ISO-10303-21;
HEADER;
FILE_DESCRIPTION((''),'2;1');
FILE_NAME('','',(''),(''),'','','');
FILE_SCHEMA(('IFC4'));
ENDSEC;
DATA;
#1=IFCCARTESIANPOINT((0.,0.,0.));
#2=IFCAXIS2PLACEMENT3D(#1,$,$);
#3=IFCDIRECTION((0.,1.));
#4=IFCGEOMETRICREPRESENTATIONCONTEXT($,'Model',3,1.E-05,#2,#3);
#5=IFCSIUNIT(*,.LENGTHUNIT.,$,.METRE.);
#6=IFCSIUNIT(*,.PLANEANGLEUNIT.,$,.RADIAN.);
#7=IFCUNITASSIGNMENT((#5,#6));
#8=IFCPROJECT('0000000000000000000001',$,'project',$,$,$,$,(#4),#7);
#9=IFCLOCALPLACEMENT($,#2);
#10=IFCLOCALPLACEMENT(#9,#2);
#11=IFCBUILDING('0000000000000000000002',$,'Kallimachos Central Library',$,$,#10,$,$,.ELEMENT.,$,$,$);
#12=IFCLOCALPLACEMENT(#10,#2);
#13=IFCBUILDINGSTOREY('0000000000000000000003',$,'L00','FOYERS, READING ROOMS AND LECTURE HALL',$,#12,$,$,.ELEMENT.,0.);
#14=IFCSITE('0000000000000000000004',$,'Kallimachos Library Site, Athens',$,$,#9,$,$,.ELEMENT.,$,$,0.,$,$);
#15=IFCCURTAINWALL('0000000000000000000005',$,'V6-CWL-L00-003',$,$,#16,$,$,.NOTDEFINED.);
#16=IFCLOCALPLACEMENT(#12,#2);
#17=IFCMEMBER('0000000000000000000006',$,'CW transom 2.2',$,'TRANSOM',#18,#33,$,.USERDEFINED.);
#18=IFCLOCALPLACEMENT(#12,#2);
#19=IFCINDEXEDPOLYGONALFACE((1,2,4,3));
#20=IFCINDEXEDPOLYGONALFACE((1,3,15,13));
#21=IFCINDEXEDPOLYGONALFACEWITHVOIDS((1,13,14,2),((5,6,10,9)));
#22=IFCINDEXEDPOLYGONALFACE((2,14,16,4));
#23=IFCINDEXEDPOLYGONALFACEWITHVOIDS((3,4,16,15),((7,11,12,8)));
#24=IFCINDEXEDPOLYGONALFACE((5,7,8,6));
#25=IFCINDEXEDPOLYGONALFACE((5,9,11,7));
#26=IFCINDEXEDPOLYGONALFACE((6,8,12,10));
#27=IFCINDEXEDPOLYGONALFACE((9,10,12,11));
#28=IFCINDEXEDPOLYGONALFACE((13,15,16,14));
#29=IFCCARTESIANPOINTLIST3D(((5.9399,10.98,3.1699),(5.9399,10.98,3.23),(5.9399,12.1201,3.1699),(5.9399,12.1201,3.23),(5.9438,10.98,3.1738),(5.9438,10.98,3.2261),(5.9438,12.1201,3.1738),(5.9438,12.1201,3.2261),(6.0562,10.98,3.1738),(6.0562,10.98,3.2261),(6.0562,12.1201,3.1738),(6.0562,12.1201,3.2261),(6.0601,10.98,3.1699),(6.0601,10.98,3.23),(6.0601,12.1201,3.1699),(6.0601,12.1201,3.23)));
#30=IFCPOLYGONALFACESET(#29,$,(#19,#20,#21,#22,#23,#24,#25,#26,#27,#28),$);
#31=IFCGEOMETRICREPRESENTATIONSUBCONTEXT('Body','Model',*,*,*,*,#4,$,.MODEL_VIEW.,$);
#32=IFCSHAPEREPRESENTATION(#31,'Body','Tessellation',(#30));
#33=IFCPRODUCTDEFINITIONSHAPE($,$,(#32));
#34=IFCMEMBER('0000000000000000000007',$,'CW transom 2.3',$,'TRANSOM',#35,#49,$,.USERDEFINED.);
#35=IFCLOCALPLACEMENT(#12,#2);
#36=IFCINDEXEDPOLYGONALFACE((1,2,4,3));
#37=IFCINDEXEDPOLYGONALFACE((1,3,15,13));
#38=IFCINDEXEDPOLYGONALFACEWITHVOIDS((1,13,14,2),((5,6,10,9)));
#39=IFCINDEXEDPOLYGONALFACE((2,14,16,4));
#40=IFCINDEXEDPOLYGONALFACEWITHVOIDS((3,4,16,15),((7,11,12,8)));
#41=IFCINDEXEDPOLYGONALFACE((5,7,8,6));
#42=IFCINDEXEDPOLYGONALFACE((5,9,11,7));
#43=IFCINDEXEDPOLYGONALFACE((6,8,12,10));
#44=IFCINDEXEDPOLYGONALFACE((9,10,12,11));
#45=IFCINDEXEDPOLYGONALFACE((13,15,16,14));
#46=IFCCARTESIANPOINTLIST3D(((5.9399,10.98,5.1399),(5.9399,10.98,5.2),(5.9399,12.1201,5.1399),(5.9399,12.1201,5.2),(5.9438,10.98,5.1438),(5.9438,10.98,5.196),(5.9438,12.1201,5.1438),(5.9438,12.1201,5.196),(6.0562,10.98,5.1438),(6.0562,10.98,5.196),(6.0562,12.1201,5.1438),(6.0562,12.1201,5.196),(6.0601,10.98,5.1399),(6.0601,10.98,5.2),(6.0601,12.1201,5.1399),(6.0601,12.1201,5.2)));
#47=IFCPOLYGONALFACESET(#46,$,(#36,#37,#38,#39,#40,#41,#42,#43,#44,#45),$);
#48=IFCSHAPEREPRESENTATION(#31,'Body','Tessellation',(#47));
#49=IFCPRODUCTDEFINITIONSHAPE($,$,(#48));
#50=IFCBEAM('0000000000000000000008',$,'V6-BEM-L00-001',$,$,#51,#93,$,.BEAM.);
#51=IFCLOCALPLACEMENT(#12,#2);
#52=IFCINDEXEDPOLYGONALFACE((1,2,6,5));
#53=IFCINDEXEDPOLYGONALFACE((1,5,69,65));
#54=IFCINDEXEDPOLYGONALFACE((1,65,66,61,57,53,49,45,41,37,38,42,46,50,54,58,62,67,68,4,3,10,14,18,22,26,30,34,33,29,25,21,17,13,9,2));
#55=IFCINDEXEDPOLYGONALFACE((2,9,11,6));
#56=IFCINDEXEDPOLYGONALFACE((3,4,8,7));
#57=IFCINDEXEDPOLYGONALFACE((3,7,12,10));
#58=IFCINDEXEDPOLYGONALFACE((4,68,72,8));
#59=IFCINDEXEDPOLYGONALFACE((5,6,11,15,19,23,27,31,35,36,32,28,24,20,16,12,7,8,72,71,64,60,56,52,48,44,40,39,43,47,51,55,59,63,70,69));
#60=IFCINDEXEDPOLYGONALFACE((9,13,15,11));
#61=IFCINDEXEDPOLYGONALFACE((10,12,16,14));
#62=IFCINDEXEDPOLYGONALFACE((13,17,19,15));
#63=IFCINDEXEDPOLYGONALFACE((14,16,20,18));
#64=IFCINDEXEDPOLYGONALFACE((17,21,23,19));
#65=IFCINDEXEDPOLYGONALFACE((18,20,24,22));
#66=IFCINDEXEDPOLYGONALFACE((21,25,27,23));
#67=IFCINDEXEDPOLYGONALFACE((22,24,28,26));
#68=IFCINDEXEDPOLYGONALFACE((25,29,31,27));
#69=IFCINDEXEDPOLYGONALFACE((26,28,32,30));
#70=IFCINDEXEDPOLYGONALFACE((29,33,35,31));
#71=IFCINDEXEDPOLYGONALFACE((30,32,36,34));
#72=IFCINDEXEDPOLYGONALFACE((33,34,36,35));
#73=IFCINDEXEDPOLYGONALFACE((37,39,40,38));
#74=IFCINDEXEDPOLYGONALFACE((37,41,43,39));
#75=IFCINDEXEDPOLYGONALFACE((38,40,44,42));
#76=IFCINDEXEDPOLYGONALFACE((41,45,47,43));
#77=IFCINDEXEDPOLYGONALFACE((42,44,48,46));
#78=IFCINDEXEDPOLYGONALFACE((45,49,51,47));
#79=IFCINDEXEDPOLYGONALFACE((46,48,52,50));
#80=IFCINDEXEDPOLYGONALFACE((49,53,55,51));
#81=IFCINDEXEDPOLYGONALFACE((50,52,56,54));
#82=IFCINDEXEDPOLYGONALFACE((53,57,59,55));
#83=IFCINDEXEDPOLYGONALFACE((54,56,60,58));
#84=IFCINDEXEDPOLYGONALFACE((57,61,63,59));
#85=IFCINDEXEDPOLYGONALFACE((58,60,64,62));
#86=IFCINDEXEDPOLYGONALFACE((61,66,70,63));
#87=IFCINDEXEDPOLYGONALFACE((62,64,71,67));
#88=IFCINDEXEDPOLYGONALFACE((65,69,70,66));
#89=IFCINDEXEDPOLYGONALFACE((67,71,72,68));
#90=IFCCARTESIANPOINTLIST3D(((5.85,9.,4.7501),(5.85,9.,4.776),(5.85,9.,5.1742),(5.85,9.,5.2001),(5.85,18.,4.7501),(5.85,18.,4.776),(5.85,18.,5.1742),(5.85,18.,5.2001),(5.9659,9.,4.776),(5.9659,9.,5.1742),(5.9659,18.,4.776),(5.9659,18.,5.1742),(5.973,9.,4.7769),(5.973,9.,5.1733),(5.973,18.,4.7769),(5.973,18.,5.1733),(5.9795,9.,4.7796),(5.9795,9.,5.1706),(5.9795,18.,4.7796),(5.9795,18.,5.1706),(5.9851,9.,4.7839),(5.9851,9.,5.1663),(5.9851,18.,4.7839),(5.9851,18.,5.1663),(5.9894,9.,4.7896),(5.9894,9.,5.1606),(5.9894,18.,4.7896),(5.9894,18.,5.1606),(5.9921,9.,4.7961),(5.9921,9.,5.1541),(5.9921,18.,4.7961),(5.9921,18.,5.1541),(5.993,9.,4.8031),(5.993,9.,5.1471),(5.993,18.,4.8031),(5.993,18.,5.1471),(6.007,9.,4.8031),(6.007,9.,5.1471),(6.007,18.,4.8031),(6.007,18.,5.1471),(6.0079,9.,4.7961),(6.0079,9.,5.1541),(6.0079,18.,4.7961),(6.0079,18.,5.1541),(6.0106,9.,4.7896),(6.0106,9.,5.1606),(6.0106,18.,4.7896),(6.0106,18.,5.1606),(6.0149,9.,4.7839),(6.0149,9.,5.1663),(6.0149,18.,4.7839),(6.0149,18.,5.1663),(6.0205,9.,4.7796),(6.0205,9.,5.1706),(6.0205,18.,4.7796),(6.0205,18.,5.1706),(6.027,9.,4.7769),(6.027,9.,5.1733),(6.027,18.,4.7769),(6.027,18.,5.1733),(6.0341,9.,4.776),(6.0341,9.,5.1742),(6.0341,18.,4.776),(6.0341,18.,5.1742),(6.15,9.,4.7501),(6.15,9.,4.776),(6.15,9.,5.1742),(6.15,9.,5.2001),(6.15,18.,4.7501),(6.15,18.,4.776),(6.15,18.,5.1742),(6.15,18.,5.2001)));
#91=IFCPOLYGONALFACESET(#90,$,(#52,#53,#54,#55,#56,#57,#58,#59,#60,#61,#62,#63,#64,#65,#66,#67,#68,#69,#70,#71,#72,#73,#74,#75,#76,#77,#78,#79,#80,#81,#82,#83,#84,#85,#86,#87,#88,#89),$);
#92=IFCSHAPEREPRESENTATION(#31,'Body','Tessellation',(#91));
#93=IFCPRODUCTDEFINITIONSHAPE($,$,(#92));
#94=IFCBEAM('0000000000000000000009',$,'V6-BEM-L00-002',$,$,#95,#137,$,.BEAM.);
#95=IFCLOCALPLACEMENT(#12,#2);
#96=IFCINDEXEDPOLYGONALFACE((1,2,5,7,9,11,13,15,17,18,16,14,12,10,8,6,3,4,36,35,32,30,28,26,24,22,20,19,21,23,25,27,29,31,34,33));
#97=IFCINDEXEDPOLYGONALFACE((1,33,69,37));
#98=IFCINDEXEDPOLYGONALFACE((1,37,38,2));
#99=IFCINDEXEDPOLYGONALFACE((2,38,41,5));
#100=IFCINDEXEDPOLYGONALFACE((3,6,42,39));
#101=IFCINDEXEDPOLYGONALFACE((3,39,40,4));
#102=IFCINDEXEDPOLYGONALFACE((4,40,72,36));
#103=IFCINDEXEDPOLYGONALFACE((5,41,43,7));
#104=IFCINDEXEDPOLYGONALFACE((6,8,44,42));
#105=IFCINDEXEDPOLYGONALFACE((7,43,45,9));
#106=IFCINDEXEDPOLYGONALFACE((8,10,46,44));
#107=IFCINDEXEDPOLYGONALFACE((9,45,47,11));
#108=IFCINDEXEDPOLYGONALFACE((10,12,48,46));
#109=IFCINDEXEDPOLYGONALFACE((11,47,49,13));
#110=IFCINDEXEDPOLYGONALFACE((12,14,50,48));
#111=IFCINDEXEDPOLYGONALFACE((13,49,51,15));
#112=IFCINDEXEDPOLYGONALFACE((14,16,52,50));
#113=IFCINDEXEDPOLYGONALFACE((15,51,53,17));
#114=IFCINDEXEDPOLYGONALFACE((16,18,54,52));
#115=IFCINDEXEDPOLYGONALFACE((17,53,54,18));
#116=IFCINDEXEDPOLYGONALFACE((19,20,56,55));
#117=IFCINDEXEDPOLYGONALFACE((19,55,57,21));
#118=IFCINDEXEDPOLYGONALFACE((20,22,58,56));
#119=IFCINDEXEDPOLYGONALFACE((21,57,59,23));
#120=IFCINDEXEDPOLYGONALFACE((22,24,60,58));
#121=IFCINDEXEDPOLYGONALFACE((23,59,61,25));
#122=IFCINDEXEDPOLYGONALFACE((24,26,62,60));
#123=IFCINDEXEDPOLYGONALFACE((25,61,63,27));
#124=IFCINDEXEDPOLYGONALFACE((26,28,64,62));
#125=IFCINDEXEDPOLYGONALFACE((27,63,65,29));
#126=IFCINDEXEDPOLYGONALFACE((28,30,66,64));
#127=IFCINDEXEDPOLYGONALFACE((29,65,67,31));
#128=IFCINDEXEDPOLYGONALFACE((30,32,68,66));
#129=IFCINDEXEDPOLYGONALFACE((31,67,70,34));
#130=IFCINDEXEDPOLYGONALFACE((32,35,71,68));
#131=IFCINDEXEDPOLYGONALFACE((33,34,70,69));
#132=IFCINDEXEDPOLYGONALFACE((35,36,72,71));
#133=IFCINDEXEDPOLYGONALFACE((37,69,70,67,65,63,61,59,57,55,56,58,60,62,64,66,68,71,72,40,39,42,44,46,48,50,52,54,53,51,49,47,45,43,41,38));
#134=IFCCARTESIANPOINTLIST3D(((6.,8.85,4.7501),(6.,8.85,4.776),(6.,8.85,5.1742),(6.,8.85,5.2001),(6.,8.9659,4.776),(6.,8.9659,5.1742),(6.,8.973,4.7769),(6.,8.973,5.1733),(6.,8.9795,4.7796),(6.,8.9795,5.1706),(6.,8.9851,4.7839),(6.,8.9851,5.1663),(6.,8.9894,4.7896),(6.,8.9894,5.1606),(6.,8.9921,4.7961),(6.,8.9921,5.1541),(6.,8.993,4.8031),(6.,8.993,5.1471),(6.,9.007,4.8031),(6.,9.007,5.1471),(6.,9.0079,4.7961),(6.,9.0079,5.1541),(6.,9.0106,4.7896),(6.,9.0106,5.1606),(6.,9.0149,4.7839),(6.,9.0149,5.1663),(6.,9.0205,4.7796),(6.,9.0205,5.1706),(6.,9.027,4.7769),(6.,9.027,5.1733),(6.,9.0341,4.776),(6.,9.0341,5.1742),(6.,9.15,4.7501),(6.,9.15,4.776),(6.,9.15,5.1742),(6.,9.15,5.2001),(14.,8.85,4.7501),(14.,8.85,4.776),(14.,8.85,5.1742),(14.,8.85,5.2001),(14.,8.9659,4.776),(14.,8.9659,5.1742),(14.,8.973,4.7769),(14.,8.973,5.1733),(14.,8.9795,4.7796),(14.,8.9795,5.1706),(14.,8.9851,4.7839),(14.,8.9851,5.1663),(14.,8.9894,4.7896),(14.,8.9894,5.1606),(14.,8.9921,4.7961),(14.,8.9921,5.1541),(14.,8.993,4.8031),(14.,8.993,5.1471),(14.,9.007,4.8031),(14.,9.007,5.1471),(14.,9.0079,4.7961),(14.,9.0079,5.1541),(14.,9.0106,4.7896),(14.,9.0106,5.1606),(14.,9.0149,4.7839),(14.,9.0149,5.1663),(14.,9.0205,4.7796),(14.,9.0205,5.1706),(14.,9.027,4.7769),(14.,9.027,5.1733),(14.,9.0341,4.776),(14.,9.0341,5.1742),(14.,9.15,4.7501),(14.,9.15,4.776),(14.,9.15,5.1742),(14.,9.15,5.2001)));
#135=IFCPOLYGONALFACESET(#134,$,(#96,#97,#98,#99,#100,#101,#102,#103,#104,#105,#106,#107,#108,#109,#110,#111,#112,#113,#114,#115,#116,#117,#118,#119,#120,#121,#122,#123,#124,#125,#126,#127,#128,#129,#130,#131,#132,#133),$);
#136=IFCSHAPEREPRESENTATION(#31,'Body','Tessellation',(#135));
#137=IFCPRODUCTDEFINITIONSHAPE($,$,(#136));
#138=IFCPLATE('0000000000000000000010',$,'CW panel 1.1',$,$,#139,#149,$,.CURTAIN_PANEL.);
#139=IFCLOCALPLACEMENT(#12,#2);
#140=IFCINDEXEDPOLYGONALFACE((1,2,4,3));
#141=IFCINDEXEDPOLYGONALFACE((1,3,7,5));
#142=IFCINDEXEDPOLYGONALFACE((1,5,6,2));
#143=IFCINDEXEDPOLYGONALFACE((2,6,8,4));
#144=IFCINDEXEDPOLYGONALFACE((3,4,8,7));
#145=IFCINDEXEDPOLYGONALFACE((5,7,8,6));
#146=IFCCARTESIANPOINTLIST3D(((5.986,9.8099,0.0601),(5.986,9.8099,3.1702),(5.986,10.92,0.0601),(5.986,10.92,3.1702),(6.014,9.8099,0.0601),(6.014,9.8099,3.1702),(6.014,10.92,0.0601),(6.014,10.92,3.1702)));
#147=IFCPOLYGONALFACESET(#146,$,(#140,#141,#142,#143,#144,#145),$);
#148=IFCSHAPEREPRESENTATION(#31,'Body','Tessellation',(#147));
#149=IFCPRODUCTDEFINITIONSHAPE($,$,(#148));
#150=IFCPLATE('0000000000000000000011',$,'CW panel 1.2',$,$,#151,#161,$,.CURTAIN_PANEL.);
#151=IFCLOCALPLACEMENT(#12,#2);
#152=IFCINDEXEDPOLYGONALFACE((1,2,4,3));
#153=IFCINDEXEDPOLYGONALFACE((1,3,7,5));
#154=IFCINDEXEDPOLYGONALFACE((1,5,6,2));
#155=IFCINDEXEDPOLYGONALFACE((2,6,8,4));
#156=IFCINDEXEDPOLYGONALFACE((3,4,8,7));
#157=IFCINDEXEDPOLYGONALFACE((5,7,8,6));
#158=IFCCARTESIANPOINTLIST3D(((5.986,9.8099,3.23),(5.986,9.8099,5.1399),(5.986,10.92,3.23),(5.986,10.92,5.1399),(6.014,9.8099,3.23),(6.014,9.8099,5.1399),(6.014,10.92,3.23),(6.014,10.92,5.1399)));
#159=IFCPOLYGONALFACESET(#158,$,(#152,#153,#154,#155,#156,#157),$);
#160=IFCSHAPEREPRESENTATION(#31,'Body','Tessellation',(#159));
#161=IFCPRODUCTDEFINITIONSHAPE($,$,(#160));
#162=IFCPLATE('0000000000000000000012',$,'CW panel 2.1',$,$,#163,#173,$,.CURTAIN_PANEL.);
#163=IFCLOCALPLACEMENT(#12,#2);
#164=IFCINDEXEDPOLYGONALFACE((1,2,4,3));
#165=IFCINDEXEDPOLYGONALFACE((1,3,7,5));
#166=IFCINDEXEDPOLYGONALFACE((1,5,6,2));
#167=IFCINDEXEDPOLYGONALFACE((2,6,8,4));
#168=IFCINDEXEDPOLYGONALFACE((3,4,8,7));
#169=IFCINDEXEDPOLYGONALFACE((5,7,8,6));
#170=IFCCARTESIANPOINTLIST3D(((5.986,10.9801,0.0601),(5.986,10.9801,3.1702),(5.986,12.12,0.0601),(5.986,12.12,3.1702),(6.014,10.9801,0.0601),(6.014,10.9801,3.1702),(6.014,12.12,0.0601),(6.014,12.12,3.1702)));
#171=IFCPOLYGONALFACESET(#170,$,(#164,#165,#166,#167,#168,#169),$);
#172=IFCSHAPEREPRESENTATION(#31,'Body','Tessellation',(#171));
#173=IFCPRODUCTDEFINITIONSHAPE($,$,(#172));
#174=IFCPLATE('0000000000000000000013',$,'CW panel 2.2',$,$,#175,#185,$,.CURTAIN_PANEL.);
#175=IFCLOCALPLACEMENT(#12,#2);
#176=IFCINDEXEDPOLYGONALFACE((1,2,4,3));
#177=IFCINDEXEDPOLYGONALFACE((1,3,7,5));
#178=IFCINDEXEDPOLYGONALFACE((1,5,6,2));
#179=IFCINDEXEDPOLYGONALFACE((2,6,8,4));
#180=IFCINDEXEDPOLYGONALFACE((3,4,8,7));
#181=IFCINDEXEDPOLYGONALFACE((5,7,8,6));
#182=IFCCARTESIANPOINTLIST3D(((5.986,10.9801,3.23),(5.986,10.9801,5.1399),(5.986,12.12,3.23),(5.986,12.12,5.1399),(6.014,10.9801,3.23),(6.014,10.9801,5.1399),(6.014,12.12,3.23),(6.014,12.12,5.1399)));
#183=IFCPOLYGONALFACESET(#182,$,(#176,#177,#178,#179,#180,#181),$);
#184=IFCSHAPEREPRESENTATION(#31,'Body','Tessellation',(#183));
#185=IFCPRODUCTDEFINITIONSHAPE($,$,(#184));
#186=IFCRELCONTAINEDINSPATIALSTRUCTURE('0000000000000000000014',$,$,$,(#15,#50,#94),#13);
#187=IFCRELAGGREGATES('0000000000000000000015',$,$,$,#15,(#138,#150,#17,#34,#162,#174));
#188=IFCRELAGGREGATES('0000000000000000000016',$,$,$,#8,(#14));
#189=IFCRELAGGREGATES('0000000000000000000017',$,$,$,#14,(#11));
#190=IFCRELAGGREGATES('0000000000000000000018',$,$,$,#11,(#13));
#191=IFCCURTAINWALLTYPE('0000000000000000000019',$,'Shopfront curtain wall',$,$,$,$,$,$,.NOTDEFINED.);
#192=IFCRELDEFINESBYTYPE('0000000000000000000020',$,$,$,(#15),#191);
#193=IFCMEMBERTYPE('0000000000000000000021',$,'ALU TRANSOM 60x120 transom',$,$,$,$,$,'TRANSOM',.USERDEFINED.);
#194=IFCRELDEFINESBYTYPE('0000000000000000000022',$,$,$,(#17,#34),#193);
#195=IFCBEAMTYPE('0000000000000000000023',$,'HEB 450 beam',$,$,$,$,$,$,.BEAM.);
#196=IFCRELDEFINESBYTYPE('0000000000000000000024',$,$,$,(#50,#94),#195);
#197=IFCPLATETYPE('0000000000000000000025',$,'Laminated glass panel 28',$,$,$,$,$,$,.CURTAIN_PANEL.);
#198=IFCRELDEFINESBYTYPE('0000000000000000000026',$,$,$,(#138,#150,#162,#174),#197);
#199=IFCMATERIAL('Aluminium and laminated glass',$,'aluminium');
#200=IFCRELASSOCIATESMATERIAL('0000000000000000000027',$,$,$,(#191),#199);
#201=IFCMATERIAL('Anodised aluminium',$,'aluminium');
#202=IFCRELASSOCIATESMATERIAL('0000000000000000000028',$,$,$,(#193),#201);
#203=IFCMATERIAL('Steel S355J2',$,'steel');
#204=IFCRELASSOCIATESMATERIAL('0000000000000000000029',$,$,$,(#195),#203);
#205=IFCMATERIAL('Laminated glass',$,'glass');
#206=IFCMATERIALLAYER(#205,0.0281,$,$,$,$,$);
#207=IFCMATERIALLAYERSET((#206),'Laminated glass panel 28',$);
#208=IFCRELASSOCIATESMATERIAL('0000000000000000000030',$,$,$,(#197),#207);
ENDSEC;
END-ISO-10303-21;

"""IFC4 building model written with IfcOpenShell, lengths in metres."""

from ifc_helpers import new_model, si_unit, direction, frame, origin, origin_2d, place, context, subcontext, project, spatial, rectangle, hollow_rectangle, i_section, extrude, material, layer, layer_set, material_profile, profile_set, type_object, element, aggregate, save


model = new_model("IFC4")

# Units and contexts
model_context = context("Model", 3, precision=1e-05, world=origin(), true_north=direction((0.0, 1.0)))
body_context = subcontext(model_context, "Body", "Model", "MODEL_VIEW")
ifc_project = project(units=[si_unit("LENGTHUNIT", "METRE"), si_unit("PLANEANGLEUNIT", "RADIAN")], contexts=[model_context])

# Site, building, storey
site_placement = place(None, origin())
site = spatial("IfcSite", under=ifc_project, at=site_placement, Name="Kallimachos Library Site, Athens", CompositionType="ELEMENT", RefElevation=0.0)
building_placement = place(site_placement, origin())
building = spatial("IfcBuilding", under=site, at=building_placement, Name="Kallimachos Central Library", CompositionType="ELEMENT")
storey_placement = place(building_placement, origin())
storey = spatial("IfcBuildingStorey", under=building, at=storey_placement, Name="L00", Description="FOYERS, READING ROOMS AND LECTURE HALL", CompositionType="ELEMENT", Elevation=0.0)

# Curtain wall, members
ifc_material_1 = material(Name="Aluminium and laminated glass", Category="aluminium")
curtain_wall_type = type_object("IfcCurtainWallType", Name="Shopfront curtain wall", PredefinedType="NOTDEFINED", material=ifc_material_1)
curtain_wall_placement = place(storey_placement, origin())
curtain_wall = element("IfcCurtainWall", 1, at=curtain_wall_placement, inside=storey, type_object=curtain_wall_type, Name="V6-CWL-L00-003", PredefinedType="NOTDEFINED")
ifc_material_2 = material(Name="Anodised aluminium", Category="aluminium")
ifc_material_profile_1 = material_profile(ifc_material_2, hollow_rectangle(XDim=0.0601, YDim=0.1201, WallThickness=0.0039, at=origin_2d()), Name="ALU TRANSOM 60x120")
ifc_profile_set_1 = profile_set([ifc_material_profile_1], Name="Anodised aluminium")
member_type_1 = type_object("IfcMemberType", Name="ALU TRANSOM 60x120 transom", ElementType="TRANSOM", PredefinedType="USERDEFINED", material=ifc_profile_set_1)
member_1_placement = place(storey_placement, frame((6.0, 10.98, 3.2), z_axis=(0.0, 1.0, 0.0), x_axis=(0.0, 0.0, 1.0)))
member_1 = element("IfcMember", 2, at=member_1_placement, type_object=member_type_1, Name="CW transom 2.2", ObjectType="TRANSOM", PredefinedType="USERDEFINED", context=body_context, shape_type="SweptSolid", body=[
    extrude(hollow_rectangle(XDim=0.0601, YDim=0.1201, WallThickness=0.0039, at=origin_2d()), origin(), (0.0, 0.0, 1.0), 1.1401),
])
member_2_placement = place(storey_placement, frame((6.0, 10.98, 5.1699), z_axis=(0.0, 1.0, 0.0), x_axis=(0.0, 0.0, 1.0)))
member_2 = element("IfcMember", 3, at=member_2_placement, type_object=member_type_1, Name="CW transom 2.3", ObjectType="TRANSOM", PredefinedType="USERDEFINED", context=body_context, shape_type="SweptSolid", body=[
    extrude(hollow_rectangle(XDim=0.0601, YDim=0.1201, WallThickness=0.0039, at=origin_2d()), origin(), (0.0, 0.0, 1.0), 1.1401),
])

# Beams
ifc_material_3 = material(Name="Steel S355J2", Category="steel")
ifc_material_profile_2 = material_profile(ifc_material_3, i_section(OverallWidth=0.3, OverallDepth=0.45, WebThickness=0.0139, FlangeThickness=0.0259, FilletRadius=0.0271, at=origin_2d()), Name="HEB 450")
ifc_profile_set_2 = profile_set([ifc_material_profile_2], Name="Steel S355J2")
beam_type = type_object("IfcBeamType", Name="HEB 450 beam", PredefinedType="BEAM", material=ifc_profile_set_2)
beam_1_placement = place(storey_placement, frame((6.0, 9.0, 4.9751), z_axis=(0.0, 1.0, 0.0), x_axis=(-1.0, 0.0, 0.0)))
element("IfcBeam", 4, at=beam_1_placement, inside=storey, type_object=beam_type, Name="V6-BEM-L00-001", PredefinedType="BEAM", context=body_context, shape_type="SweptSolid", body=[
    extrude(i_section(OverallWidth=0.3, OverallDepth=0.45, WebThickness=0.0139, FlangeThickness=0.0259, FilletRadius=0.0271, at=origin_2d()), origin(), (0.0, 0.0, 1.0), 9.0),
])
beam_2_placement = place(storey_placement, frame((6.0, 9.0, 4.9751), z_axis=(1.0, 0.0, 0.0), x_axis=(0.0, 1.0, 0.0)))
element("IfcBeam", 5, at=beam_2_placement, inside=storey, type_object=beam_type, Name="V6-BEM-L00-002", PredefinedType="BEAM", context=body_context, shape_type="SweptSolid", body=[
    extrude(i_section(OverallWidth=0.3, OverallDepth=0.45, WebThickness=0.0139, FlangeThickness=0.0259, FilletRadius=0.0271, at=origin_2d()), origin(), (0.0, 0.0, 1.0), 8.0),
])

# Plates
ifc_material_4 = material(Name="Laminated glass", Category="glass")
ifc_layer_1 = layer(ifc_material_4, 0.0281)
ifc_layer_set_1 = layer_set([ifc_layer_1], Name="Laminated glass panel 28")
plate_type = type_object("IfcPlateType", Name="Laminated glass panel 28", PredefinedType="CURTAIN_PANEL", material=ifc_layer_set_1)
plate_1_placement = place(storey_placement, frame((6.0, 10.365, 0.0601), z_axis=(0.0, 0.0, 1.0), x_axis=(0.0, 1.0, 0.0)))
plate_1 = element("IfcPlate", 6, at=plate_1_placement, type_object=plate_type, Name="CW panel 1.1", PredefinedType="CURTAIN_PANEL", context=body_context, shape_type="SweptSolid", body=[
    extrude(rectangle(XDim=1.1101, YDim=0.0281, at=origin_2d()), origin(), (0.0, 0.0, 1.0), 3.1101),
])
plate_2_placement = place(storey_placement, frame((6.0, 10.365, 3.23), z_axis=(0.0, 0.0, 1.0), x_axis=(0.0, 1.0, 0.0)))
plate_2 = element("IfcPlate", 7, at=plate_2_placement, type_object=plate_type, Name="CW panel 1.2", PredefinedType="CURTAIN_PANEL", context=body_context, shape_type="SweptSolid", body=[
    extrude(rectangle(XDim=1.1101, YDim=0.0281, at=origin_2d()), origin(), (0.0, 0.0, 1.0), 1.9099),
])
plate_3_placement = place(storey_placement, frame((6.0, 11.55, 0.0601), z_axis=(0.0, 0.0, 1.0), x_axis=(0.0, 1.0, 0.0)))
plate_3 = element("IfcPlate", 8, at=plate_3_placement, type_object=plate_type, Name="CW panel 2.1", PredefinedType="CURTAIN_PANEL", context=body_context, shape_type="SweptSolid", body=[
    extrude(rectangle(XDim=1.1399, YDim=0.0281, at=origin_2d()), origin(), (0.0, 0.0, 1.0), 3.1101),
])
plate_4_placement = place(storey_placement, frame((6.0, 11.55, 3.23), z_axis=(0.0, 0.0, 1.0), x_axis=(0.0, 1.0, 0.0)))
plate_4 = element("IfcPlate", 9, at=plate_4_placement, type_object=plate_type, Name="CW panel 2.2", PredefinedType="CURTAIN_PANEL", context=body_context, shape_type="SweptSolid", body=[
    extrude(rectangle(XDim=1.1399, YDim=0.0281, at=origin_2d()), origin(), (0.0, 0.0, 1.0), 1.9099),
])
aggregate(curtain_wall, [plate_1, plate_2, member_1, member_2, plate_3, plate_4])

save(model, "model.ifc")
